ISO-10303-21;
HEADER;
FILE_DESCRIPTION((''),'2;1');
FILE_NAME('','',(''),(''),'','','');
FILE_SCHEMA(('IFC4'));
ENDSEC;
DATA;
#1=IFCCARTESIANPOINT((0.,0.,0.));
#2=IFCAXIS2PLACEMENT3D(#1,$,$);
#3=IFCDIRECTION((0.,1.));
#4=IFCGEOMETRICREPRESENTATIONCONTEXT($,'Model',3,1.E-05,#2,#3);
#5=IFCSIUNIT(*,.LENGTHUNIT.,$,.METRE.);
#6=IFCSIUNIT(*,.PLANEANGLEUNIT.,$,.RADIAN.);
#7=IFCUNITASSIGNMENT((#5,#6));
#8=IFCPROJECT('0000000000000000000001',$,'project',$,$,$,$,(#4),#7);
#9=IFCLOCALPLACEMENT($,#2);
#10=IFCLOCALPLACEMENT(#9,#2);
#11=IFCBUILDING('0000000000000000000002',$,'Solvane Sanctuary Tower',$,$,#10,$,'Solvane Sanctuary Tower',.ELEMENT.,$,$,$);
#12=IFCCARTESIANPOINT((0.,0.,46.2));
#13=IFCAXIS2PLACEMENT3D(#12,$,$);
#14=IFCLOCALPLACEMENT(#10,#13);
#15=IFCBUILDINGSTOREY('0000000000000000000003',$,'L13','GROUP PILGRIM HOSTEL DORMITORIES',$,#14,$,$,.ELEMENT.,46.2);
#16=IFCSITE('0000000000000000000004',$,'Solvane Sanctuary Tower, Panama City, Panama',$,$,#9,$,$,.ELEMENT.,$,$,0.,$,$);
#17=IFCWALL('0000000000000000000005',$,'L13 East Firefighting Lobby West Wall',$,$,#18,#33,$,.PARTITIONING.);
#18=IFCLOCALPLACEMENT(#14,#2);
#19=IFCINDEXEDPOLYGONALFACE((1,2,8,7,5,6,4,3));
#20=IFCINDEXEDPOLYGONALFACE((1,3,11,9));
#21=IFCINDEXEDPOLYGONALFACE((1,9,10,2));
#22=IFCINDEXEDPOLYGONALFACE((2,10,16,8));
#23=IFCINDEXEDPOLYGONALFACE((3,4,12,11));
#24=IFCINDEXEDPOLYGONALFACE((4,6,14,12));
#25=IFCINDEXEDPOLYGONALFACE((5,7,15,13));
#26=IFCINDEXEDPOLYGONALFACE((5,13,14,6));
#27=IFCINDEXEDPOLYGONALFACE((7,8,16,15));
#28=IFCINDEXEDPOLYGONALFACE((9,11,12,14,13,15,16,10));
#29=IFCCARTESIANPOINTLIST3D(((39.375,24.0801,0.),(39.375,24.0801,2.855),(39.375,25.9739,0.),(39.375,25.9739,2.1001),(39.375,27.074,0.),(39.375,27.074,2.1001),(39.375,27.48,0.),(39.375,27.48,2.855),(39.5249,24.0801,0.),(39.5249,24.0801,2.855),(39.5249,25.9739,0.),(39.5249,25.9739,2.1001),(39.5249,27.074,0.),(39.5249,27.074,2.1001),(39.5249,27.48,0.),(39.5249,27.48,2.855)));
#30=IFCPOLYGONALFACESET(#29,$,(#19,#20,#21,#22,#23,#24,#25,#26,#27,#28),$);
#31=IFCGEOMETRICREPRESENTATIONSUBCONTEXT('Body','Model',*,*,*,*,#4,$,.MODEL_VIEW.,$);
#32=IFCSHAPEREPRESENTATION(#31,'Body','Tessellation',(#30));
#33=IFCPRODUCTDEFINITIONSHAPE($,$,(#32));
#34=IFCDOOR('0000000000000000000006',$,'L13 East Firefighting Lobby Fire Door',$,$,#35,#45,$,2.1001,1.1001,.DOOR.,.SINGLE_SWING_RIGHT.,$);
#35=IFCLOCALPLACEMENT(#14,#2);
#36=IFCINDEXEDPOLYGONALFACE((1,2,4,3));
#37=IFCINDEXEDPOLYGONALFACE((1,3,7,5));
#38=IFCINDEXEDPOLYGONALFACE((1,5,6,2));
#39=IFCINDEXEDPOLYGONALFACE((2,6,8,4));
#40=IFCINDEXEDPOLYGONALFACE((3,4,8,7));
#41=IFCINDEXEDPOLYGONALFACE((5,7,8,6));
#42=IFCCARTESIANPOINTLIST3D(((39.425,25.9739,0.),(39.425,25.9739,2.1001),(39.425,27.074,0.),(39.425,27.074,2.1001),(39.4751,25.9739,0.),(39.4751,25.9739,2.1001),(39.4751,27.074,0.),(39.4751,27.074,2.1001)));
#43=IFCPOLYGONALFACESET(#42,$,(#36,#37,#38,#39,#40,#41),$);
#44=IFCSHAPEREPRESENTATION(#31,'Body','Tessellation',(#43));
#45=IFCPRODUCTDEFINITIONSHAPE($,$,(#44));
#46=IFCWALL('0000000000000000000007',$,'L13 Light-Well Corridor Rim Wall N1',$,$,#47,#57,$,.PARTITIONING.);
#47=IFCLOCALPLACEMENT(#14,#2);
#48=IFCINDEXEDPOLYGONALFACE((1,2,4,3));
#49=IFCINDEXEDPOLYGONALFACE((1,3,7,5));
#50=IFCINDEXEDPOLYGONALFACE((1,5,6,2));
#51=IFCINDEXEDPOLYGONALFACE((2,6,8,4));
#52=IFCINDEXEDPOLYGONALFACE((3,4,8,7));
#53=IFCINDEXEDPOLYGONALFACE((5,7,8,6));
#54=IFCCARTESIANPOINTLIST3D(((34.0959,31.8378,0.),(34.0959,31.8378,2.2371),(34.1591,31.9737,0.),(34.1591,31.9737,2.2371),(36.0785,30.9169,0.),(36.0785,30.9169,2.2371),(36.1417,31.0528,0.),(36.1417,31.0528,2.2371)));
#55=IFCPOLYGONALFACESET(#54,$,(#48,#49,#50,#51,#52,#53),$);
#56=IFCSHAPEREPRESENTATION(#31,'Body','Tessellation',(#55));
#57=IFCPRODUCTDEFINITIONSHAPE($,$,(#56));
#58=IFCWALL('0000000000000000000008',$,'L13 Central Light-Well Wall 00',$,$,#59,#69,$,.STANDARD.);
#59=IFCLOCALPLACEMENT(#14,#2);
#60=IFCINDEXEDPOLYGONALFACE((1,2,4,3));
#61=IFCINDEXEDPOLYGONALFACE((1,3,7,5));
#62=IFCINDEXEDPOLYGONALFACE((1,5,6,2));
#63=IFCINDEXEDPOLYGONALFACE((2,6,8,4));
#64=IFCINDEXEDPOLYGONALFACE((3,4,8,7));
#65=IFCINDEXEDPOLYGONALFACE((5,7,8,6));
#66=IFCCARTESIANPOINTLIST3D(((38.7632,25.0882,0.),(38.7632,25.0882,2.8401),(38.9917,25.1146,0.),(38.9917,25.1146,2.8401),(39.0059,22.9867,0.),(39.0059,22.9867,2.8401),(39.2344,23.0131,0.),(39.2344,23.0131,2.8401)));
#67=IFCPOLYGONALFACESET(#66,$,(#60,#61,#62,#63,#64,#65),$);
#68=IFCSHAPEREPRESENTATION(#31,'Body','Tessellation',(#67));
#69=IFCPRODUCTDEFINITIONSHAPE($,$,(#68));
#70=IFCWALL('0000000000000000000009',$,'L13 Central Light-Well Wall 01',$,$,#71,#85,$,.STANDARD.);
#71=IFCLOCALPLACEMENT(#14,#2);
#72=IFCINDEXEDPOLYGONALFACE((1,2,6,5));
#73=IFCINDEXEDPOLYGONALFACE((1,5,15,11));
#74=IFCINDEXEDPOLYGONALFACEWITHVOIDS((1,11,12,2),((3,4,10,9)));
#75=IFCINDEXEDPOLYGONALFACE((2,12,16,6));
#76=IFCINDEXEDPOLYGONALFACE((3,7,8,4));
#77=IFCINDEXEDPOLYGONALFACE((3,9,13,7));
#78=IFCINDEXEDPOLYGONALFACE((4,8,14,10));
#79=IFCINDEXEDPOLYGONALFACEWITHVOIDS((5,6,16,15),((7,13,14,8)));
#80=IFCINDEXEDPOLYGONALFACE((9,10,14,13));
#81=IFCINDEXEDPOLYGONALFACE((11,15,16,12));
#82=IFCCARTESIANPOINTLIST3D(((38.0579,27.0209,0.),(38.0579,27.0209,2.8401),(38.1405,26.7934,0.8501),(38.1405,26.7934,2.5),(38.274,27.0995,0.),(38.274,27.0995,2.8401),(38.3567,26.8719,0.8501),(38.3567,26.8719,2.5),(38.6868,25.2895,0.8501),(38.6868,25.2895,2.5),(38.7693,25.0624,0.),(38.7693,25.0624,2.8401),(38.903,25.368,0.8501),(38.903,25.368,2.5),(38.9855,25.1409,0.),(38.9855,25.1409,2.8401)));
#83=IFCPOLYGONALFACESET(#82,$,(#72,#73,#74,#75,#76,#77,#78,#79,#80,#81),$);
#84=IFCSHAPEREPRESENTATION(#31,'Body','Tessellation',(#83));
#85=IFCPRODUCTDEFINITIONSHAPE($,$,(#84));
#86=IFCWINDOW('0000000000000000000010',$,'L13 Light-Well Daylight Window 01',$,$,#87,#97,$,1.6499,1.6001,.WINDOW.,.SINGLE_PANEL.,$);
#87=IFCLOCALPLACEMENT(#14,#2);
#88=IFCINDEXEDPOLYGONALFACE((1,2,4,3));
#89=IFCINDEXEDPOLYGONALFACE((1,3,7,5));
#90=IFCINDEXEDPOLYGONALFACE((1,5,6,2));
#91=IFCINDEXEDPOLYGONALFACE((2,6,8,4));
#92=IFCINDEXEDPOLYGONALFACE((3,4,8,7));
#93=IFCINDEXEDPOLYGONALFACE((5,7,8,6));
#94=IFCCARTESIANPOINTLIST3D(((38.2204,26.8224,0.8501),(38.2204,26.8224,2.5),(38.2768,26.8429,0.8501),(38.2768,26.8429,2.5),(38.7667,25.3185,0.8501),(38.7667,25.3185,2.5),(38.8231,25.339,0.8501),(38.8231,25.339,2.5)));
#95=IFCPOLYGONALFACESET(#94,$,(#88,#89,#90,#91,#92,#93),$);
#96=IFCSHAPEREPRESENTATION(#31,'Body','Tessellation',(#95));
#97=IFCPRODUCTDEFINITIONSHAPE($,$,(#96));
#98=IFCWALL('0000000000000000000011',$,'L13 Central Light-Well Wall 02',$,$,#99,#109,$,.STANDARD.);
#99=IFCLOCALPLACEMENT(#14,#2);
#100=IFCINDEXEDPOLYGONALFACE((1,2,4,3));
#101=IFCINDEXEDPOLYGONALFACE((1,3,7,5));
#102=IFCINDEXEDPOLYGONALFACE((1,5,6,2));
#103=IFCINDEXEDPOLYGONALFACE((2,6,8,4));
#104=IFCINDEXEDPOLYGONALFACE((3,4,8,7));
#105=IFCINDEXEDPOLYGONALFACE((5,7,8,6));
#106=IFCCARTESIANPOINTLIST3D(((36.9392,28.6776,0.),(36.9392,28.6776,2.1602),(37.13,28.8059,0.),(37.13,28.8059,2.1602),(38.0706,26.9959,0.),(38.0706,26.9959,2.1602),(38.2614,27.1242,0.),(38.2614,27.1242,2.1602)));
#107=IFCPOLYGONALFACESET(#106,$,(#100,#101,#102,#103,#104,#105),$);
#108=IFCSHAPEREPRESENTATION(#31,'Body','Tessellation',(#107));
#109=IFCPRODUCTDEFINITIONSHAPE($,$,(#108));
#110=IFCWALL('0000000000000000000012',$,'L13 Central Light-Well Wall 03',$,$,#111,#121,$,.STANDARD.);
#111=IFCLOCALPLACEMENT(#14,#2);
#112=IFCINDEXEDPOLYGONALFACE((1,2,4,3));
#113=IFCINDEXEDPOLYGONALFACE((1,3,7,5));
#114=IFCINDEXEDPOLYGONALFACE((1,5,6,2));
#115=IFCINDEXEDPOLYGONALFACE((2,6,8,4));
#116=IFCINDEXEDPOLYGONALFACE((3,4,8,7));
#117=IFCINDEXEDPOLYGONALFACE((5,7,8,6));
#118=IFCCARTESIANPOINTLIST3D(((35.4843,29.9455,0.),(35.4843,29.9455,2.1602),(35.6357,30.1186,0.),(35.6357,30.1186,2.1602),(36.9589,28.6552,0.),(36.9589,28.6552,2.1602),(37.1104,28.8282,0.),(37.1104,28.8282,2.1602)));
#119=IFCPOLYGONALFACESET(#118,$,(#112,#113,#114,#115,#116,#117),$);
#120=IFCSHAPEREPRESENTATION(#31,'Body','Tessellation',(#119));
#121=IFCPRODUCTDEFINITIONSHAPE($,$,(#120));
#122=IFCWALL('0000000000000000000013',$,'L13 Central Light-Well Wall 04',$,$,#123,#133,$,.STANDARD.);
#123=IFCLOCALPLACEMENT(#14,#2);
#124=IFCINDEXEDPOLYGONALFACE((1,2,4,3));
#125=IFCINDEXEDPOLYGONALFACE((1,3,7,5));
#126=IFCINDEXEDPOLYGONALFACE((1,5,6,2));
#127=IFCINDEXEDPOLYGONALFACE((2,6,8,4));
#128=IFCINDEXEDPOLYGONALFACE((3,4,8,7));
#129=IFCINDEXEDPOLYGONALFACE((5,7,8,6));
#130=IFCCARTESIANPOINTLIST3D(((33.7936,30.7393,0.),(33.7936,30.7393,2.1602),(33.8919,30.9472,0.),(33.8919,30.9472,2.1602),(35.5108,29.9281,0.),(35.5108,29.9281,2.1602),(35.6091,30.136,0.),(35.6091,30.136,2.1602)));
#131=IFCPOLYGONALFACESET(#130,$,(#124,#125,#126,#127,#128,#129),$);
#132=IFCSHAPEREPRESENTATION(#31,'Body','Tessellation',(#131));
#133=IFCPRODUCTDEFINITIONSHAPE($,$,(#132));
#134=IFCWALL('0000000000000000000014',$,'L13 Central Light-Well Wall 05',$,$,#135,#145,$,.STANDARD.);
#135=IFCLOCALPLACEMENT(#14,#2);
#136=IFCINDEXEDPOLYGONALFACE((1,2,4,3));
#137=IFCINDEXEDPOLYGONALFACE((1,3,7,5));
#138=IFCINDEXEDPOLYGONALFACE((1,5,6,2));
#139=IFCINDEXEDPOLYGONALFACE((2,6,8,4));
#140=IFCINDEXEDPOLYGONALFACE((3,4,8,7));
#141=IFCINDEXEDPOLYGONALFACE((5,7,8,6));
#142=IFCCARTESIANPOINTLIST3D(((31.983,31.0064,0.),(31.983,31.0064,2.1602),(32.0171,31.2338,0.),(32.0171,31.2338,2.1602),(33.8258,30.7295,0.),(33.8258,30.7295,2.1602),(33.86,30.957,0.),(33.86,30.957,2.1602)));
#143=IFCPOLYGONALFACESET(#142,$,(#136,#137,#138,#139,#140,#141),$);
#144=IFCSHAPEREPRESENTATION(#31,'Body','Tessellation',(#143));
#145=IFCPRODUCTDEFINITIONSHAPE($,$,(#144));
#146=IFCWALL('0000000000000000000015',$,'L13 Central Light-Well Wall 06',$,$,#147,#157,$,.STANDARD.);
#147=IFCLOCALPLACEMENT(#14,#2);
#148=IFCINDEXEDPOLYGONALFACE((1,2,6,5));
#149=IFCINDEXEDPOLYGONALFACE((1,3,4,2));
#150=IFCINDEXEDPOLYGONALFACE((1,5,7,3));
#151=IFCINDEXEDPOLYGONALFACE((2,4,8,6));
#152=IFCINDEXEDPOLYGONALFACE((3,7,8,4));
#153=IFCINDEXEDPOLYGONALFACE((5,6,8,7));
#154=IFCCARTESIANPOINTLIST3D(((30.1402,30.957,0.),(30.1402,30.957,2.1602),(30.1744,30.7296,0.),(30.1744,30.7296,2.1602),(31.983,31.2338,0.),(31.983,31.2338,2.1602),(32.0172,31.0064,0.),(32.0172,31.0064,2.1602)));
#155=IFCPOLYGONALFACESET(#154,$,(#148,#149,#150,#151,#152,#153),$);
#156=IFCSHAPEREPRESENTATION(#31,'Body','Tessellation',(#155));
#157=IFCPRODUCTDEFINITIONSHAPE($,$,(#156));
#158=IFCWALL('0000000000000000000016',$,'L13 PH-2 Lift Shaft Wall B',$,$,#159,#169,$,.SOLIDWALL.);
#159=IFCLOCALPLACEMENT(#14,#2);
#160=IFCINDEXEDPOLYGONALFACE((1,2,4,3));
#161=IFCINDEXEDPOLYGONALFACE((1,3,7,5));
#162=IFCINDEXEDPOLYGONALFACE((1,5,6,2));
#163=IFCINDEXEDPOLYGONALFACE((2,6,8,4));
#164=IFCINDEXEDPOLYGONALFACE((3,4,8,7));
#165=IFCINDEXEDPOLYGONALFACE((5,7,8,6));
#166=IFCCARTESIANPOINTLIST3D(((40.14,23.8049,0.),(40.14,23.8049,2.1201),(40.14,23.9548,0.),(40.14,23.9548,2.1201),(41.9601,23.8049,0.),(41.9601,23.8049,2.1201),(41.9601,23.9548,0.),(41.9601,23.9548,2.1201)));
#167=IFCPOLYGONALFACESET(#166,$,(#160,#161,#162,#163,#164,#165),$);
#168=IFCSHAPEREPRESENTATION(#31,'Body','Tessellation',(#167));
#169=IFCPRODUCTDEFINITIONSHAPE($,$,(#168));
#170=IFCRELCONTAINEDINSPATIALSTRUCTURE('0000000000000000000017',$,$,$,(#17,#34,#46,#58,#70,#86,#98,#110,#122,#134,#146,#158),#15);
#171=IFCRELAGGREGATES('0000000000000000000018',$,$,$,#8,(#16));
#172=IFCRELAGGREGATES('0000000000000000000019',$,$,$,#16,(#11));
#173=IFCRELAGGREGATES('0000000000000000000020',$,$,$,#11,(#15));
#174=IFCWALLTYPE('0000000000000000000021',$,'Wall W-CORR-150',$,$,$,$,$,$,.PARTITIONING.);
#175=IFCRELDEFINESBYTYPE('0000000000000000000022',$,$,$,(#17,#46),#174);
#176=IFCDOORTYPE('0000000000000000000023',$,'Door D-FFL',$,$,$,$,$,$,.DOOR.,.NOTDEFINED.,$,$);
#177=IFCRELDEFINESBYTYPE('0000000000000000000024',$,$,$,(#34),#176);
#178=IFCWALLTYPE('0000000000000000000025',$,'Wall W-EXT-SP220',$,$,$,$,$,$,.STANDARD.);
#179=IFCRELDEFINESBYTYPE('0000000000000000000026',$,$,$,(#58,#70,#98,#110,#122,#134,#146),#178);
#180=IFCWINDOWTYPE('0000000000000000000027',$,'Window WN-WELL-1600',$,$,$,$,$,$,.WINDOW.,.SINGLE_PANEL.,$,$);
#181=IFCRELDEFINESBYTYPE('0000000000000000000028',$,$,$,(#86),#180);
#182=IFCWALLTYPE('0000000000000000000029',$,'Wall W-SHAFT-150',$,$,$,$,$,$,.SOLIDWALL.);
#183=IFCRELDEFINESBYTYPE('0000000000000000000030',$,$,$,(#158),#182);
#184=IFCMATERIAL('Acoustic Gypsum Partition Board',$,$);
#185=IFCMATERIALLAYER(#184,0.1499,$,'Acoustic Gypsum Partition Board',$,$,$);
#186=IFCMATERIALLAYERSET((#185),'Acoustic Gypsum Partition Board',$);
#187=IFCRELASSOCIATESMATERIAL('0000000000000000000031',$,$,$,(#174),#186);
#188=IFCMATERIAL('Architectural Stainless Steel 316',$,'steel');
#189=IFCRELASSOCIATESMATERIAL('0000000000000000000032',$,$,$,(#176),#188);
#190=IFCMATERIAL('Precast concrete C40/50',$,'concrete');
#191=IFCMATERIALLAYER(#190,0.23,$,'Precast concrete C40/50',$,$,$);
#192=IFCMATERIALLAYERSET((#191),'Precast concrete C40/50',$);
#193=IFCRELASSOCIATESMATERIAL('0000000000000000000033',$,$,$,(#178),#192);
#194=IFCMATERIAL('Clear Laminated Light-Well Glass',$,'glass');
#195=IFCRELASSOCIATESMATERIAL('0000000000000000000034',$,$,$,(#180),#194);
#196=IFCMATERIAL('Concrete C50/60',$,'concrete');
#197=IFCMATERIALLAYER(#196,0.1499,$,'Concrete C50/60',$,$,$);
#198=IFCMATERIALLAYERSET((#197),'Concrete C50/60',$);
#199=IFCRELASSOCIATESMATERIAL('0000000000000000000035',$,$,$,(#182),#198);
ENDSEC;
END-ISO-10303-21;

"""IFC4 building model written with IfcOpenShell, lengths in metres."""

from ifc_helpers import new_model, si_unit, direction, frame, frame_2d, origin, place, context, subcontext, project, spatial, rectangle, extrude, material, layer, layer_set, type_object, element, fill, save


model = new_model("IFC4")

# Units and contexts
model_context = context("Model", 3, precision=1e-05, world=origin(), true_north=direction((0.0, 1.0)))
body_context = subcontext(model_context, "Body", "Model", "MODEL_VIEW")
ifc_project = project(units=[si_unit("LENGTHUNIT", "METRE"), si_unit("PLANEANGLEUNIT", "RADIAN")], contexts=[model_context])

# Site, building, storey
site_placement = place(None, origin())
site = spatial("IfcSite", under=ifc_project, at=site_placement, Name="Solvane Sanctuary Tower, Panama City, Panama", CompositionType="ELEMENT", RefElevation=0.0)
building_placement = place(site_placement, origin())
building = spatial("IfcBuilding", under=site, at=building_placement, Name="Solvane Sanctuary Tower", LongName="Solvane Sanctuary Tower", CompositionType="ELEMENT")
storey_placement = place(building_placement, frame((0.0, 0.0, 46.2)))
storey = spatial("IfcBuildingStorey", under=building, at=storey_placement, Name="L13", Description="GROUP PILGRIM HOSTEL DORMITORIES", CompositionType="ELEMENT", Elevation=46.2)

# Shared definitions
ifc_material_1 = material(Name="Acoustic Gypsum Partition Board")
ifc_layer_1 = layer(ifc_material_1, 0.1499, Name="Acoustic Gypsum Partition Board")
ifc_layer_set_1 = layer_set([ifc_layer_1], Name="Acoustic Gypsum Partition Board")
wall_type_1 = type_object("IfcWallType", Name="Wall W-CORR-150", PredefinedType="PARTITIONING", material=ifc_layer_set_1)

# Wall, opening, door
wall_1_placement = place(storey_placement, frame((39.45, 24.0801, 0.0), z_axis=(0.0, 0.0, 1.0), x_axis=(0.0, 1.0, 0.0)))
wall_1 = element("IfcWall", 1, at=wall_1_placement, inside=storey, type_object=wall_type_1, Name="L13 East Firefighting Lobby West Wall", PredefinedType="PARTITIONING", context=body_context, shape_type="SweptSolid", body=[
    extrude(rectangle(XDim=3.3999, YDim=0.1499, at=frame_2d((1.7, 0.0))), origin(), (0.0, 0.0, 1.0), 2.855),
])
opening_1_placement = place(wall_1_placement, frame((1.8938, 0.0, 0.0)))
opening_1 = element("IfcOpeningElement", 2, at=opening_1_placement, cuts=wall_1, PredefinedType="OPENING", context=body_context, shape_type="SweptSolid", body=[
    extrude(rectangle(XDim=1.1001, YDim=2.1001, at=frame_2d((0.55, 1.05))), frame((0.0, 0.085, 0.0), z_axis=(0.0, -1.0, 0.0), x_axis=(1.0, 0.0, 0.0)), (0.0, 0.0, 1.0), 0.1699),
])
ifc_material_2 = material(Name="Architectural Stainless Steel 316", Category="steel")
door_type = type_object("IfcDoorType", Name="Door D-FFL", OperationType="NOTDEFINED", PredefinedType="DOOR", material=ifc_material_2)
door_placement = place(opening_1_placement, origin())
door = element("IfcDoor", 3, at=door_placement, inside=storey, type_object=door_type, Name="L13 East Firefighting Lobby Fire Door", OperationType="SINGLE_SWING_RIGHT", OverallHeight=2.1001, OverallWidth=1.1001, PredefinedType="DOOR", context=body_context, shape_type="SweptSolid", body=[
    extrude(rectangle(XDim=1.1001, YDim=2.1001, at=frame_2d((0.55, 1.05))), frame((0.0, 0.0249, 0.0), z_axis=(0.0, -1.0, 0.0), x_axis=(1.0, 0.0, 0.0)), (0.0, 0.0, 1.0), 0.05),
])
fill(opening_1, door)

# Walls
wall_2_placement = place(storey_placement, frame((36.1101, 30.9849, 0.0), z_axis=(0.0, 0.0, 1.0), x_axis=(-0.906943, 0.421252, 0.0)))
element("IfcWall", 4, at=wall_2_placement, inside=storey, type_object=wall_type_1, Name="L13 Light-Well Corridor Rim Wall N1", PredefinedType="PARTITIONING", context=body_context, shape_type="SweptSolid", body=[
    extrude(rectangle(XDim=2.186, YDim=0.1499, at=frame_2d((1.093, 0.0))), origin(), (0.0, 0.0, 1.0), 2.2371),
])
ifc_material_3 = material(Name="Precast concrete C40/50", Category="concrete")
ifc_layer_2 = layer(ifc_material_3, 0.23, Name="Precast concrete C40/50")
ifc_layer_set_2 = layer_set([ifc_layer_2], Name="Precast concrete C40/50")
wall_type_2 = type_object("IfcWallType", Name="Wall W-EXT-SP220", PredefinedType="STANDARD", material=ifc_layer_set_2)
wall_3_placement = place(storey_placement, frame((39.1201, 23.0, 0.0), z_axis=(0.0, 0.0, 1.0), x_axis=(-0.114712, 0.993399, 0.0)))
element("IfcWall", 5, at=wall_3_placement, inside=storey, type_object=wall_type_2, Name="L13 Central Light-Well Wall 00", PredefinedType="STANDARD", context=body_context, shape_type="SweptSolid", body=[
    extrude(rectangle(XDim=2.1155, YDim=0.23, at=frame_2d((1.0576, 0.0))), origin(), (0.0, 0.0, 1.0), 2.8401),
])

# Wall, opening, window
wall_4_placement = place(storey_placement, frame((38.8774, 25.1016, 0.0), z_axis=(0.0, 0.0, 1.0), x_axis=(-0.341423, 0.93991, 0.0)))
wall_4 = element("IfcWall", 6, at=wall_4_placement, inside=storey, type_object=wall_type_2, Name="L13 Central Light-Well Wall 01", PredefinedType="STANDARD", context=body_context, shape_type="SweptSolid", body=[
    extrude(rectangle(XDim=2.0837, YDim=0.23, at=frame_2d((1.042, 0.0))), origin(), (0.0, 0.0, 1.0), 2.8401),
])
opening_2_placement = place(wall_4_placement, frame((0.2417, 0.0, 0.8501)))
opening_2 = element("IfcOpeningElement", 7, at=opening_2_placement, cuts=wall_4, PredefinedType="OPENING", context=body_context, shape_type="SweptSolid", body=[
    extrude(rectangle(XDim=1.6001, YDim=1.6499, at=frame_2d((0.8, 0.825))), frame((0.0, 0.125, 0.0), z_axis=(0.0, -1.0, 0.0), x_axis=(1.0, 0.0, 0.0)), (0.0, 0.0, 1.0), 0.25),
])
ifc_material_4 = material(Name="Clear Laminated Light-Well Glass", Category="glass")
window_type = type_object("IfcWindowType", Name="Window WN-WELL-1600", PartitioningType="SINGLE_PANEL", PredefinedType="WINDOW", material=ifc_material_4)
window_placement = place(opening_2_placement, origin())
window = element("IfcWindow", 8, at=window_placement, inside=storey, type_object=window_type, Name="L13 Light-Well Daylight Window 01", OverallHeight=1.6499, OverallWidth=1.6001, PartitioningType="SINGLE_PANEL", PredefinedType="WINDOW", context=body_context, shape_type="SweptSolid", body=[
    extrude(rectangle(XDim=1.6001, YDim=1.6499, at=frame_2d((0.8, 0.825))), frame((0.0, 0.03, 0.0), z_axis=(0.0, -1.0, 0.0), x_axis=(1.0, 0.0, 0.0)), (0.0, 0.0, 1.0), 0.0601),
])
fill(opening_2, window)

# Walls
wall_5_placement = place(storey_placement, frame((38.166, 27.0601, 0.0), z_axis=(0.0, 0.0, 1.0), x_axis=(-0.558198, 0.829708, 0.0)))
element("IfcWall", 9, at=wall_5_placement, inside=storey, type_object=wall_type_2, Name="L13 Central Light-Well Wall 02", PredefinedType="STANDARD", context=body_context, shape_type="SweptSolid", body=[
    extrude(rectangle(XDim=2.0269, YDim=0.23, at=frame_2d((1.0134, 0.0))), origin(), (0.0, 0.0, 1.0), 2.1602),
])
wall_6_placement = place(storey_placement, frame((37.0347, 28.7417, 0.0), z_axis=(0.0, 0.0, 1.0), x_axis=(-0.752577, 0.658505, 0.0)))
element("IfcWall", 10, at=wall_6_placement, inside=storey, type_object=wall_type_2, Name="L13 Central Light-Well Wall 03", PredefinedType="STANDARD", context=body_context, shape_type="SweptSolid", body=[
    extrude(rectangle(XDim=1.9595, YDim=0.23, at=frame_2d((0.9797, 0.0))), origin(), (0.0, 0.0, 1.0), 2.1602),
])
wall_7_placement = place(storey_placement, frame((35.5601, 30.032, 0.0), z_axis=(0.0, 0.0, 1.0), x_axis=(-0.90418, 0.427152, 0.0)))
element("IfcWall", 11, at=wall_7_placement, inside=storey, type_object=wall_type_2, Name="L13 Central Light-Well Wall 04", PredefinedType="STANDARD", context=body_context, shape_type="SweptSolid", body=[
    extrude(rectangle(XDim=1.8992, YDim=0.23, at=frame_2d((0.9497, 0.0))), origin(), (0.0, 0.0, 1.0), 2.1602),
])
for number, where, z_axis, x_axis, name in (
    (12, (33.8428, 30.8433, 0.0), (0.0, 0.0, 1.0), (-0.988902, 0.148571, 0.0), "L13 Central Light-Well Wall 05"),
    (13, (32.0, 31.1201, 0.0), (0.0, 0.0, 1.0), (-0.988902, -0.148571, 0.0), "L13 Central Light-Well Wall 06"),
):
    element("IfcWall", number, at=place(storey_placement, frame(where, z_axis=z_axis, x_axis=x_axis)), inside=storey, type_object=wall_type_2, Name=name, PredefinedType="STANDARD", context=body_context, shape_type="SweptSolid", body=[
        extrude(rectangle(XDim=1.8635, YDim=0.23, at=frame_2d((0.9316, 0.0))), origin(), (0.0, 0.0, 1.0), 2.1602),
    ])
ifc_material_5 = material(Name="Concrete C50/60", Category="concrete")
ifc_layer_3 = layer(ifc_material_5, 0.1499, Name="Concrete C50/60")
ifc_layer_set_3 = layer_set([ifc_layer_3], Name="Concrete C50/60")
wall_type_3 = type_object("IfcWallType", Name="Wall W-SHAFT-150", PredefinedType="SOLIDWALL", material=ifc_layer_set_3)
wall_8_placement = place(storey_placement, frame((40.1399, 23.8799, 0.0), z_axis=(0.0, 0.0, 1.0), x_axis=(1.0, 0.0, 0.0)))
element("IfcWall", 14, at=wall_8_placement, inside=storey, type_object=wall_type_3, Name="L13 PH-2 Lift Shaft Wall B", PredefinedType="SOLIDWALL", context=body_context, shape_type="SweptSolid", body=[
    extrude(rectangle(XDim=1.8201, YDim=0.1499, at=frame_2d((0.9102, 0.0))), origin(), (0.0, 0.0, 1.0), 2.1201),
])

save(model, "model.ifc")
